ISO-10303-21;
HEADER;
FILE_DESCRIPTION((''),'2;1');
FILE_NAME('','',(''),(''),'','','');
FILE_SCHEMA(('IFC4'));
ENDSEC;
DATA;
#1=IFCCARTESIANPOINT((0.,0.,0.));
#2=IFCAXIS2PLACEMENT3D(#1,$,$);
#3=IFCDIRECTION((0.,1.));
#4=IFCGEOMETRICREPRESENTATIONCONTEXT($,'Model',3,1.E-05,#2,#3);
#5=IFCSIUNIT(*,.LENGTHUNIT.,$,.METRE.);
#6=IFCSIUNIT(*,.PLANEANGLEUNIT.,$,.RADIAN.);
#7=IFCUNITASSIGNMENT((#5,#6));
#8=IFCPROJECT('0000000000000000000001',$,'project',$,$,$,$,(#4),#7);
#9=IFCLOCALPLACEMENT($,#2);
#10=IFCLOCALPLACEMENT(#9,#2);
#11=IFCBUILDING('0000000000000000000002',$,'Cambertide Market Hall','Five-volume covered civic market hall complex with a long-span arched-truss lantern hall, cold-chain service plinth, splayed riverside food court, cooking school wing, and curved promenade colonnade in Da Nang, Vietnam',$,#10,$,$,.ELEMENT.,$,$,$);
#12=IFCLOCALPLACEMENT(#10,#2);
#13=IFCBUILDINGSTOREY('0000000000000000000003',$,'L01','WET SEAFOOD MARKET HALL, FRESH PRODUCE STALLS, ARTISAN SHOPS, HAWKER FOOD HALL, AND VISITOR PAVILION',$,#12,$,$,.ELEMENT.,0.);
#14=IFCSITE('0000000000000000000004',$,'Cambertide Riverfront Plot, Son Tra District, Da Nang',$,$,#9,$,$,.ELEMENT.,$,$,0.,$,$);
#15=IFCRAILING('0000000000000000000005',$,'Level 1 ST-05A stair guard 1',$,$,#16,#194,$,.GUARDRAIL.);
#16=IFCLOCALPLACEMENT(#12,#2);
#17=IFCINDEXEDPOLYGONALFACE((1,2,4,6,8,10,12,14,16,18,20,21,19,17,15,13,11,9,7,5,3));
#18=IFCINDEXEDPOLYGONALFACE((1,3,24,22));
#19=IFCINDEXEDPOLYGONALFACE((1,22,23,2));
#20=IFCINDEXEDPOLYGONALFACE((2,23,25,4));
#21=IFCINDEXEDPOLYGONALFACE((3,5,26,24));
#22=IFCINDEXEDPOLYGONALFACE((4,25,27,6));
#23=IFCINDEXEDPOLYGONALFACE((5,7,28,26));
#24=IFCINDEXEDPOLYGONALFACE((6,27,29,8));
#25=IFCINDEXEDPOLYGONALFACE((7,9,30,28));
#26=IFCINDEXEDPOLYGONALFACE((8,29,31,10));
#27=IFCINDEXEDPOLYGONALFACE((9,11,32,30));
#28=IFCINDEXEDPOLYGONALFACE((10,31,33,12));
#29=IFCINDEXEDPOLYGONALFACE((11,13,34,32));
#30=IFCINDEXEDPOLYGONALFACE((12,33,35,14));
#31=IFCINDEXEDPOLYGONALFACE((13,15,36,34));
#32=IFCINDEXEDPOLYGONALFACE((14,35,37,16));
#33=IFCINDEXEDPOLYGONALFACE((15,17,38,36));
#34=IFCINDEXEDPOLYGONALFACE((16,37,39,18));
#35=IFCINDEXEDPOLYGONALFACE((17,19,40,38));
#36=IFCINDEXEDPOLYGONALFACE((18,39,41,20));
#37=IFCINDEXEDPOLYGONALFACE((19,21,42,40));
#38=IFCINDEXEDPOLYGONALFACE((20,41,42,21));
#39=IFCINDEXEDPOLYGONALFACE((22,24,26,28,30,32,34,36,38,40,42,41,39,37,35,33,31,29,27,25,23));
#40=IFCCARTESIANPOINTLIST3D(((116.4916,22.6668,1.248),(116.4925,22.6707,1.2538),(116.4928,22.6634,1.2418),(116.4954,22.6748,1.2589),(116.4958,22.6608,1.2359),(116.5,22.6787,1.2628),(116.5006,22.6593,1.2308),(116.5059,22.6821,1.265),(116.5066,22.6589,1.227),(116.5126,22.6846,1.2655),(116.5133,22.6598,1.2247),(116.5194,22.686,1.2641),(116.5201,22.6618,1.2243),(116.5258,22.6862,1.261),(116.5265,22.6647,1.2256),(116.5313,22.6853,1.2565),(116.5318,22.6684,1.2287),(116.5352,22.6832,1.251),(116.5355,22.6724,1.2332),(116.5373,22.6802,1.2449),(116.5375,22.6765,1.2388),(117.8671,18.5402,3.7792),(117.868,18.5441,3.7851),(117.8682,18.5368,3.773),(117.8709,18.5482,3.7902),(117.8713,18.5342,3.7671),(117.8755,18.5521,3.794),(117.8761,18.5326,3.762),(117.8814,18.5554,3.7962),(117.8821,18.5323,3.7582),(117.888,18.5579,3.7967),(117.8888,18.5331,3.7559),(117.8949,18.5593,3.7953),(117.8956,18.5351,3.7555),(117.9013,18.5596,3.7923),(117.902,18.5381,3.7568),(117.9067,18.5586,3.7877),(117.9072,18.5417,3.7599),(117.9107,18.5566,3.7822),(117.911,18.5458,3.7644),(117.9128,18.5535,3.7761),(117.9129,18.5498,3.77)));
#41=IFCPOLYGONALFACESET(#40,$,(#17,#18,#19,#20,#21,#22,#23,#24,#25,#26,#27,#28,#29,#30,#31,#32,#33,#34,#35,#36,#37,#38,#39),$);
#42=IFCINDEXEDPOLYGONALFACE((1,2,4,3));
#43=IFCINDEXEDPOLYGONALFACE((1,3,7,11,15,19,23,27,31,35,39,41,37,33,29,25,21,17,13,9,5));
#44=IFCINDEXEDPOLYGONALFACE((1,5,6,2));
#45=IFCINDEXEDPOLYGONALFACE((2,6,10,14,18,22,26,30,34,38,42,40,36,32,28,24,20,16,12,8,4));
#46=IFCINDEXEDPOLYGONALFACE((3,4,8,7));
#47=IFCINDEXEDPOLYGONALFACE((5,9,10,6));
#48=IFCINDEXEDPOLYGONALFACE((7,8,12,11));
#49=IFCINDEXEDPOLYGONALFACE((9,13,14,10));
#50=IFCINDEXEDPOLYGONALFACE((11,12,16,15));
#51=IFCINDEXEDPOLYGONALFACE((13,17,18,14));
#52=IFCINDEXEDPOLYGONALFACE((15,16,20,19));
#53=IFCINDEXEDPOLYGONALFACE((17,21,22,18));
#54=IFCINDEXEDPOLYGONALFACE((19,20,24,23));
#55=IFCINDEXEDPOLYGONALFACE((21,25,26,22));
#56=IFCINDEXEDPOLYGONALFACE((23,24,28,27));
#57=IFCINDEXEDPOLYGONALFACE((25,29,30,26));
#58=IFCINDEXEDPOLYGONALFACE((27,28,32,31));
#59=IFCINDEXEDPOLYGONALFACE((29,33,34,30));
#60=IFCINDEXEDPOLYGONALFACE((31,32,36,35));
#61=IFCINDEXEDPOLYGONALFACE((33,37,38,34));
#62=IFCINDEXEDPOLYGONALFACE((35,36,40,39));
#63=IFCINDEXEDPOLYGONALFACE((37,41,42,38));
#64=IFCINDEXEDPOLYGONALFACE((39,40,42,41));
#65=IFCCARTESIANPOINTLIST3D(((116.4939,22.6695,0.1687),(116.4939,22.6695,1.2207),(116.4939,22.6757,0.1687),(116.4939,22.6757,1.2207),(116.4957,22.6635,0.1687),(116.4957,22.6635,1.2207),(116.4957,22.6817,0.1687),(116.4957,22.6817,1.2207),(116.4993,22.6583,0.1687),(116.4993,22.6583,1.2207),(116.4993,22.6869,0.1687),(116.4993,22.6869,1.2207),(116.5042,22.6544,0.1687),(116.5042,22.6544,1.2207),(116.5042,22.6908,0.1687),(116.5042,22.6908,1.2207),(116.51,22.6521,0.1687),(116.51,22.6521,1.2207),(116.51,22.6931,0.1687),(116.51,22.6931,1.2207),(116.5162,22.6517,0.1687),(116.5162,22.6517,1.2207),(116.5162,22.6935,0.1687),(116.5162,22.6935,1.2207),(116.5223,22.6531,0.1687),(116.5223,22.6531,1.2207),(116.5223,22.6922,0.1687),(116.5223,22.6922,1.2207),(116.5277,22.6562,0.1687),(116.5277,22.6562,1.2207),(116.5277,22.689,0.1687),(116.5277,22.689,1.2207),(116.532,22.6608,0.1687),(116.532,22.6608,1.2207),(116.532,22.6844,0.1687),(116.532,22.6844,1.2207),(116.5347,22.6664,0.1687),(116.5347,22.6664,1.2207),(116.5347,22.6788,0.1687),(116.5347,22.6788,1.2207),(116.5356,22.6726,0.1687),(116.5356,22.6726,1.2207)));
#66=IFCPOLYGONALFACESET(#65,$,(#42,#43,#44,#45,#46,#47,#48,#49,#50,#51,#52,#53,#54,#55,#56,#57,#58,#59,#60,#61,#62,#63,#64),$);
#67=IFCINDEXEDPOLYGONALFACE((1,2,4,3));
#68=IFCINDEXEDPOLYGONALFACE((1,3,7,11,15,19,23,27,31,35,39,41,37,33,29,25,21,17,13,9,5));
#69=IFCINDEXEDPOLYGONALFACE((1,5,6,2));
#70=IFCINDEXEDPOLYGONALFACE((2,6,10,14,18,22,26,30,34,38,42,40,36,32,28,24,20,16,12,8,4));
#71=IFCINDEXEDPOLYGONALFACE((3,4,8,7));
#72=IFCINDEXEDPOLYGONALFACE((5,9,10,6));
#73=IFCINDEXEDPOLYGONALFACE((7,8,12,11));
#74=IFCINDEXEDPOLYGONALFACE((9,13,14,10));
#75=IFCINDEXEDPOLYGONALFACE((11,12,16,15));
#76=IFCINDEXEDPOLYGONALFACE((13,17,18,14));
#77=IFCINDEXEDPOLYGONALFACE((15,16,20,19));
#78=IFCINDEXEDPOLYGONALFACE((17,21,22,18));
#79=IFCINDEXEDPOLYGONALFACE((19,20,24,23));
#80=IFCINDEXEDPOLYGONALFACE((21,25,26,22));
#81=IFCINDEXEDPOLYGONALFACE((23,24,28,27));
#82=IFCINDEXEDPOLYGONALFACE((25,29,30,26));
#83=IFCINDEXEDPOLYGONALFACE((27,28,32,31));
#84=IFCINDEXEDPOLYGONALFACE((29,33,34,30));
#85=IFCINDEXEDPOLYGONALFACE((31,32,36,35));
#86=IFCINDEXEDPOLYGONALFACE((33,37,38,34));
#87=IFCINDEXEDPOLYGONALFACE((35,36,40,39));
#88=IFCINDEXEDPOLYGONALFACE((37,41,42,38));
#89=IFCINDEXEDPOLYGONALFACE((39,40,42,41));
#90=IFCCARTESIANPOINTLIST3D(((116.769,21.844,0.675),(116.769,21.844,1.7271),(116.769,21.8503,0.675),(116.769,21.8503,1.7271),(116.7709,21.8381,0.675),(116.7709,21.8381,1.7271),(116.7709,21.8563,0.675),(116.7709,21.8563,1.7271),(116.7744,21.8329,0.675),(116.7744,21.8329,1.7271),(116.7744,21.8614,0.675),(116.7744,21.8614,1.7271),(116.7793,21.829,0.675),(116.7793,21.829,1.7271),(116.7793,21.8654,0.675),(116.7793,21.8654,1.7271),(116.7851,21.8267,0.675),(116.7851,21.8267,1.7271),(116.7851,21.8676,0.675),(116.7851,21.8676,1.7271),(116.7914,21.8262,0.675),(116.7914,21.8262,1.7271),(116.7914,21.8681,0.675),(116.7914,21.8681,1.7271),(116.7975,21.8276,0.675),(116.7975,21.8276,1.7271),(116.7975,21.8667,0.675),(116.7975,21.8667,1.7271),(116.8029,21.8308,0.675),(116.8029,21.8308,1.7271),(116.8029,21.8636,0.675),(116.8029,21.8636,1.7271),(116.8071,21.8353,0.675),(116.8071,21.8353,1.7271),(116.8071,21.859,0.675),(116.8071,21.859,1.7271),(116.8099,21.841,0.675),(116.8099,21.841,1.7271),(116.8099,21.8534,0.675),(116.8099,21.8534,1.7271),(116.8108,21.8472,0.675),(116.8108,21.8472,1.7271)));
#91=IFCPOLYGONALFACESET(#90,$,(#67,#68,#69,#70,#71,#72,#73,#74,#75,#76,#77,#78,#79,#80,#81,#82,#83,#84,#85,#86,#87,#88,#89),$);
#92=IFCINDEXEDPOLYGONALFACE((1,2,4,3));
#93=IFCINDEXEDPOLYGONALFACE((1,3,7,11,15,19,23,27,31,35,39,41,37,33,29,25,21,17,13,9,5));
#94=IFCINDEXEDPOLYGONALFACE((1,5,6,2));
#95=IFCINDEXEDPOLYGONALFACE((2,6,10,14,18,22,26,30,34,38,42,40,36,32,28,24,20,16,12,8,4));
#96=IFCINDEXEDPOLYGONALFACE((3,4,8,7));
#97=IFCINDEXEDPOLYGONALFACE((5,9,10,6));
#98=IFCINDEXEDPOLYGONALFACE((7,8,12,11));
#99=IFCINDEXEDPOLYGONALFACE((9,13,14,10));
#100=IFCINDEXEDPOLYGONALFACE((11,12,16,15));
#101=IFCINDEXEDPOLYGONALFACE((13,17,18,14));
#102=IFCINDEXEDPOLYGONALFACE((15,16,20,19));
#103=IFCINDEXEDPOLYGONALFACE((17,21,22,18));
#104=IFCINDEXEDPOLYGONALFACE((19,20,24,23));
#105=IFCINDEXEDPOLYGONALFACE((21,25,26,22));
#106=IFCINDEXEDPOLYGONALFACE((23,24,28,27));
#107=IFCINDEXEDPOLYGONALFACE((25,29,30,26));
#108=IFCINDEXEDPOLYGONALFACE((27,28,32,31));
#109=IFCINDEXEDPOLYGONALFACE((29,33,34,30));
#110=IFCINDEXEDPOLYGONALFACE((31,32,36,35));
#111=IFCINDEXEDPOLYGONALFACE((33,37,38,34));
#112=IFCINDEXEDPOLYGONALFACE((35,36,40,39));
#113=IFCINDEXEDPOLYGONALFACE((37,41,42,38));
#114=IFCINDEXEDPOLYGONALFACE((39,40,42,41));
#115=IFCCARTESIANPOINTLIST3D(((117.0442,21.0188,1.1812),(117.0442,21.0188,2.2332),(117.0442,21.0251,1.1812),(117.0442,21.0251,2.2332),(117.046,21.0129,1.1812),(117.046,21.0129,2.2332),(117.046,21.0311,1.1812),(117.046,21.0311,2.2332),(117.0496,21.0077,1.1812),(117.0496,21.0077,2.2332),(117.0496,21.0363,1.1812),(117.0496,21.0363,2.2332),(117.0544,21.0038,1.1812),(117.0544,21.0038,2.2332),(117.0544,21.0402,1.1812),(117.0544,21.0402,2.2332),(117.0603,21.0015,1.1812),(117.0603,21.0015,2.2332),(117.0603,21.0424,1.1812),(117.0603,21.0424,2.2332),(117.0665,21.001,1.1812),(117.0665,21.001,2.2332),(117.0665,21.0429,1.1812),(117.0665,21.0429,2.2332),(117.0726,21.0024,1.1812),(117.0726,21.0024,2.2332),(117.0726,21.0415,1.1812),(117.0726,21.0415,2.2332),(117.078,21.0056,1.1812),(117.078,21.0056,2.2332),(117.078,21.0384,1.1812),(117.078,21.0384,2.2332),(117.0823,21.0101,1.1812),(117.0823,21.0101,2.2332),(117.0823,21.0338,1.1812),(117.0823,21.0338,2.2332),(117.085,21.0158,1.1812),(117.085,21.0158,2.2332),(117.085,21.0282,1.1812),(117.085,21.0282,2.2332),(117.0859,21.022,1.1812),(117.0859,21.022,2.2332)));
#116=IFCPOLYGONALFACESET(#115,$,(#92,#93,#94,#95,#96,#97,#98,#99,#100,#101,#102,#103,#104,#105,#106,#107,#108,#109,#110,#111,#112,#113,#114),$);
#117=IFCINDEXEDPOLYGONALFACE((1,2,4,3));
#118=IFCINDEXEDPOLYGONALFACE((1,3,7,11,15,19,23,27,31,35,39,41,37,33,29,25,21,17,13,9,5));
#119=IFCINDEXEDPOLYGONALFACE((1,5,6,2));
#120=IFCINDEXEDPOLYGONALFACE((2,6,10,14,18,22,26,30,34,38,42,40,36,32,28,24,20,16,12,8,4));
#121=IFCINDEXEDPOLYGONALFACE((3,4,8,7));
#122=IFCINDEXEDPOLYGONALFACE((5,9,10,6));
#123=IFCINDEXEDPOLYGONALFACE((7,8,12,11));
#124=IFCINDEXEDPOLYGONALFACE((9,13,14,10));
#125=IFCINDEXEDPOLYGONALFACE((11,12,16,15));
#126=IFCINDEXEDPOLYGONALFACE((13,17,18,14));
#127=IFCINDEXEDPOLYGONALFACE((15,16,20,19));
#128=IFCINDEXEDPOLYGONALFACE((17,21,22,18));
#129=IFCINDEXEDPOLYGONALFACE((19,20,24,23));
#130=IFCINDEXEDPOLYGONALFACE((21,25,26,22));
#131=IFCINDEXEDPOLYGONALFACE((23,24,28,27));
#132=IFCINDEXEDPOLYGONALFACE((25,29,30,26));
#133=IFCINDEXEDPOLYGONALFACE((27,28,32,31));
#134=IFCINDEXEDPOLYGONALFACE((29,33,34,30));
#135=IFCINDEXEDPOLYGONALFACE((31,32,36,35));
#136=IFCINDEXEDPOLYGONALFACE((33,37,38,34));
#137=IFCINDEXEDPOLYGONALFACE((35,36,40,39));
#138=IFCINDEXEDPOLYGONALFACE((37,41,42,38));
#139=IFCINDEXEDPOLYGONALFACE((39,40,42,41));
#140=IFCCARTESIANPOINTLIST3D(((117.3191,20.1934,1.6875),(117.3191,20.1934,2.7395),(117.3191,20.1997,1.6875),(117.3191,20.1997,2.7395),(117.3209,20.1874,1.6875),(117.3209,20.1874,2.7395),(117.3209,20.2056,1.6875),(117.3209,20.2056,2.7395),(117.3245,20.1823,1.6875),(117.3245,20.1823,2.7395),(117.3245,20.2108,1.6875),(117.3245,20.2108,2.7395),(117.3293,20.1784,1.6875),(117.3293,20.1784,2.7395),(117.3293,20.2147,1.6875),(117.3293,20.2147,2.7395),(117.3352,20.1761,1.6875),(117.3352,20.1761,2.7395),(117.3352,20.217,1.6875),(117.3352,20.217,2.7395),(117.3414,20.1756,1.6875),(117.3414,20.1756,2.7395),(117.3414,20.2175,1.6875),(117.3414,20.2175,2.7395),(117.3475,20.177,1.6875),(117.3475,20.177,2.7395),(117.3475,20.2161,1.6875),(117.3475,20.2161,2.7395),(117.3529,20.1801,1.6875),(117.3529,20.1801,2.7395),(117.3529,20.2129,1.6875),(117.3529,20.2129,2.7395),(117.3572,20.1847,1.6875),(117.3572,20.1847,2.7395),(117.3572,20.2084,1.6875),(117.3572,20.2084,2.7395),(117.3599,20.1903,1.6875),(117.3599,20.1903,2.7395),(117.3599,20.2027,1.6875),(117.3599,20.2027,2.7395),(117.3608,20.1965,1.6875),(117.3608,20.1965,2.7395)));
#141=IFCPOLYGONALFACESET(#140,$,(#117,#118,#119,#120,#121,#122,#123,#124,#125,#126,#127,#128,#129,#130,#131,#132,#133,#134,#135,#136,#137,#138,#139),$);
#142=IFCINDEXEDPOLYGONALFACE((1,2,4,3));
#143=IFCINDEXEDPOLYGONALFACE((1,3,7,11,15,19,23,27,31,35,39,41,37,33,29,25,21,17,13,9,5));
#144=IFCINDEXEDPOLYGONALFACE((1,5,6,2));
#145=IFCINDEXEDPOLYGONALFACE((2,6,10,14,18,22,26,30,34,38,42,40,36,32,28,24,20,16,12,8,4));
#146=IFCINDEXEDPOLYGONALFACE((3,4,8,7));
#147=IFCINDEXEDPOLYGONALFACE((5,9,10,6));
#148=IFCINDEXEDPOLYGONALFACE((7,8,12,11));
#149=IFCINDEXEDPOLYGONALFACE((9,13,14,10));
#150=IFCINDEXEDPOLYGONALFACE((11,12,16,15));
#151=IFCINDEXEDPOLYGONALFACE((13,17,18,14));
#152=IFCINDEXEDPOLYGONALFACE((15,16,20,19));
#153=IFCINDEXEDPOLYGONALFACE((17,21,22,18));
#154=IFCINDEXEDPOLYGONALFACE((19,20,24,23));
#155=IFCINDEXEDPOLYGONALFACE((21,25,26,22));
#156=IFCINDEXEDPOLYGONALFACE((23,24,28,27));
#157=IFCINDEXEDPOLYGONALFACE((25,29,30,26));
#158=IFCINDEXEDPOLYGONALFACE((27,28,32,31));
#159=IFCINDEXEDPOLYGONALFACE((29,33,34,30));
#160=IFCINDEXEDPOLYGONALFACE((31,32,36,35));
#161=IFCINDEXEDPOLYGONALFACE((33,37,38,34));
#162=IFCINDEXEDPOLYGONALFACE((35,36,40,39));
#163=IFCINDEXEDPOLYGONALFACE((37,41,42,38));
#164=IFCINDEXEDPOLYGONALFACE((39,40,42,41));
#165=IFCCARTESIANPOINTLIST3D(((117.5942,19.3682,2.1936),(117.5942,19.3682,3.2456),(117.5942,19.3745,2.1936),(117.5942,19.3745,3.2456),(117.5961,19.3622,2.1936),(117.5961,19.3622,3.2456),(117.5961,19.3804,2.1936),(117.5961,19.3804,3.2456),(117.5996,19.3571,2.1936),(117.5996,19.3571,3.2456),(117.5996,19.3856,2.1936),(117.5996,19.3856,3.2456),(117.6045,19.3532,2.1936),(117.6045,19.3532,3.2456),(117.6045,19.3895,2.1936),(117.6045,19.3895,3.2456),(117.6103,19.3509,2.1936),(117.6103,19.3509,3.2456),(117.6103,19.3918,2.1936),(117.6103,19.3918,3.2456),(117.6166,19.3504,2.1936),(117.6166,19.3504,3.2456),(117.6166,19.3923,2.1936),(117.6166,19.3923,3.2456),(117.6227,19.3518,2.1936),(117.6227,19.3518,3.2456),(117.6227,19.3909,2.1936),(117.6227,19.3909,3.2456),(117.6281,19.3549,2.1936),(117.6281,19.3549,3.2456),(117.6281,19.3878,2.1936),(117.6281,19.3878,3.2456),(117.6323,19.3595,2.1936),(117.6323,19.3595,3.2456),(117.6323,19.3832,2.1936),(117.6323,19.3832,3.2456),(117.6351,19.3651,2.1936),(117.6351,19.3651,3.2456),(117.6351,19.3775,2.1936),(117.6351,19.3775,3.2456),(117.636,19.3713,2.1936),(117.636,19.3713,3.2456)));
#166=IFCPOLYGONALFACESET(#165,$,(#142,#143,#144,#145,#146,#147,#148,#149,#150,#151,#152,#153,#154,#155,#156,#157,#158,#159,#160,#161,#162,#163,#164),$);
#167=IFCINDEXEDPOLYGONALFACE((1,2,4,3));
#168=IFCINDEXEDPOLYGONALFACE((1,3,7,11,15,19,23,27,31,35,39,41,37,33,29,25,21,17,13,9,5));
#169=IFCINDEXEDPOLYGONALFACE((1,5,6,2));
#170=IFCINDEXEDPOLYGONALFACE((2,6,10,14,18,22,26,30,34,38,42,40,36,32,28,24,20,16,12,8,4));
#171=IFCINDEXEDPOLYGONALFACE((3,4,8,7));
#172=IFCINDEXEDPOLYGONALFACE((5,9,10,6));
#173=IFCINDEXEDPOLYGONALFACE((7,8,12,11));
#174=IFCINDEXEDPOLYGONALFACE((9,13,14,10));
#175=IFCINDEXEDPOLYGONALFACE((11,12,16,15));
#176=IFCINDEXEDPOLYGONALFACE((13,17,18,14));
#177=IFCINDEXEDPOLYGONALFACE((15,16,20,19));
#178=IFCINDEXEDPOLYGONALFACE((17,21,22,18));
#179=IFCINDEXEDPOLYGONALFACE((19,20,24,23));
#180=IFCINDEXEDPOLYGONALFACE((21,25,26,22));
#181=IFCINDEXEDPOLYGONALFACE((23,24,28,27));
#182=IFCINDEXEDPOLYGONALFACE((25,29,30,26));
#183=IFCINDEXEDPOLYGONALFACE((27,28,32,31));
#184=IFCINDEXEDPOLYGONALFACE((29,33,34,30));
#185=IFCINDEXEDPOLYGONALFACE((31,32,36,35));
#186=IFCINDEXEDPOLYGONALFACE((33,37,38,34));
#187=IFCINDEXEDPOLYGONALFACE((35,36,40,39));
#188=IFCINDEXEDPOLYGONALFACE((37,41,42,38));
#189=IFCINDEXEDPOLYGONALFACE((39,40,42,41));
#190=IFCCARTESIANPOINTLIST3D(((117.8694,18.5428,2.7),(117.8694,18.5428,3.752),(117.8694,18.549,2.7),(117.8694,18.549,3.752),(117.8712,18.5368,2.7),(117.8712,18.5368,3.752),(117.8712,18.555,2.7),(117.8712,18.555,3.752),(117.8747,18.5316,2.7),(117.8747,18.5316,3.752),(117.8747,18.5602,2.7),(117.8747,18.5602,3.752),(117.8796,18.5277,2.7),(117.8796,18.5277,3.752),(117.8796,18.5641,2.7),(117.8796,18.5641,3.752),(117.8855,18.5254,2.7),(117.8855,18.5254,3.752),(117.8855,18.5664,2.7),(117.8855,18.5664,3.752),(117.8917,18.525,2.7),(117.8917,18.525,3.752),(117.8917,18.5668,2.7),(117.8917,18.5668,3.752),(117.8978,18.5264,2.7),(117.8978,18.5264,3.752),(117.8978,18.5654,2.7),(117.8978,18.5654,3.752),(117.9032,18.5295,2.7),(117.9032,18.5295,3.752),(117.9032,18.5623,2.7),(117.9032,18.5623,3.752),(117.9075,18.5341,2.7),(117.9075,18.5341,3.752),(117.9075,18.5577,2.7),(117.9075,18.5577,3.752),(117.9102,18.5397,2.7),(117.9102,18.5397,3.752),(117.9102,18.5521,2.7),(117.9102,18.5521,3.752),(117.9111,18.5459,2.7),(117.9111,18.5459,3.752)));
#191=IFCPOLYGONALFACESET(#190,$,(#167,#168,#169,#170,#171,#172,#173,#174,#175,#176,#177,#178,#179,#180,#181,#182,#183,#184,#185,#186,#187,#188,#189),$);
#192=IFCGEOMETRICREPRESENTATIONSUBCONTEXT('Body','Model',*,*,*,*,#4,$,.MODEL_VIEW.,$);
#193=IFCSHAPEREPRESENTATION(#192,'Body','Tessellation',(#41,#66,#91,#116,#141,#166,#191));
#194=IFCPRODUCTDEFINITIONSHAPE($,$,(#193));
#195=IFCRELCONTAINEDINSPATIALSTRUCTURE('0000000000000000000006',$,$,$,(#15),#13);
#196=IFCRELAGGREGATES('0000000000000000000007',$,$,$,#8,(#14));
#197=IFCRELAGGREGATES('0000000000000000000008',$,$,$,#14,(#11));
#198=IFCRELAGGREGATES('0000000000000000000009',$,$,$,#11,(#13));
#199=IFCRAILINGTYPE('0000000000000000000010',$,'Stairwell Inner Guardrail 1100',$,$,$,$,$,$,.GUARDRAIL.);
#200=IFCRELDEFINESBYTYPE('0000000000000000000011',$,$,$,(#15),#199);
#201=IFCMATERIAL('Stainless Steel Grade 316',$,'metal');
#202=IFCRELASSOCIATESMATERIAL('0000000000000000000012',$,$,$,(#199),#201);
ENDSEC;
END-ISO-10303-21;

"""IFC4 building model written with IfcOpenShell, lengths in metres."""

from ifc_helpers import new_model, si_unit, direction, frame, origin, origin_2d, place, context, subcontext, project, spatial, circle, extrude, material, type_object, element, save


model = new_model("IFC4")

# Units and contexts
model_context = context("Model", 3, precision=1e-05, world=origin(), true_north=direction((0.0, 1.0)))
body_context = subcontext(model_context, "Body", "Model", "MODEL_VIEW")
ifc_project = project(units=[si_unit("LENGTHUNIT", "METRE"), si_unit("PLANEANGLEUNIT", "RADIAN")], contexts=[model_context])

# Site, building, storey
site_placement = place(None, origin())
site = spatial("IfcSite", under=ifc_project, at=site_placement, Name="Cambertide Riverfront Plot, Son Tra District, Da Nang", CompositionType="ELEMENT", RefElevation=0.0)
building_placement = place(site_placement, origin())
building = spatial("IfcBuilding", under=site, at=building_placement, Name="Cambertide Market Hall", Description="Five-volume covered civic market hall complex with a long-span arched-truss lantern hall, cold-chain service plinth, splayed riverside food court, cooking school wing, and curved promenade colonnade in Da Nang, Vietnam", CompositionType="ELEMENT")
storey_placement = place(building_placement, origin())
storey = spatial("IfcBuildingStorey", under=building, at=storey_placement, Name="L01", Description="WET SEAFOOD MARKET HALL, FRESH PRODUCE STALLS, ARTISAN SHOPS, HAWKER FOOD HALL, AND VISITOR PAVILION", CompositionType="ELEMENT", Elevation=0.0)

# Railing
ifc_material_1 = material(Name="Stainless Steel Grade 316", Category="metal")
railing_type_1 = type_object("IfcRailingType", Name="Stairwell Inner Guardrail 1100", PredefinedType="GUARDRAIL", material=ifc_material_1)
railing_1_placement = place(storey_placement, frame((116.5146, 22.6726, 0.1687)))
element("IfcRailing", 1, at=railing_1_placement, inside=storey, type_object=railing_type_1, Name="Level 1 ST-05A stair guard 1", PredefinedType="GUARDRAIL", context=body_context, shape_type="SweptSolid", body=[
    extrude(circle(Radius=0.0239, at=origin_2d()), frame((0.0, 0.0, 1.0762), z_axis=(0.273306, -0.819965, 0.502952), x_axis=(0.948689, 0.316211, 0.0)), (0.0, 0.0, 1.0), 5.0327),
    extrude(circle(Radius=0.021, at=origin_2d()), origin(), (0.0, 0.0, 1.0), 1.052),
    extrude(circle(Radius=0.021, at=origin_2d()), frame((0.2751, -0.8254, 0.5063)), (0.0, 0.0, 1.0), 1.052),
    extrude(circle(Radius=0.021, at=origin_2d()), frame((0.5503, -1.6506, 1.0125)), (0.0, 0.0, 1.0), 1.052),
    extrude(circle(Radius=0.021, at=origin_2d()), frame((0.8252, -2.4761, 1.5188)), (0.0, 0.0, 1.0), 1.052),
    extrude(circle(Radius=0.021, at=origin_2d()), frame((1.1003, -3.3013, 2.0249)), (0.0, 0.0, 1.0), 1.052),
    extrude(circle(Radius=0.021, at=origin_2d()), frame((1.3755, -4.1267, 2.5312)), (0.0, 0.0, 1.0), 1.052),
])

save(model, "model.ifc")
